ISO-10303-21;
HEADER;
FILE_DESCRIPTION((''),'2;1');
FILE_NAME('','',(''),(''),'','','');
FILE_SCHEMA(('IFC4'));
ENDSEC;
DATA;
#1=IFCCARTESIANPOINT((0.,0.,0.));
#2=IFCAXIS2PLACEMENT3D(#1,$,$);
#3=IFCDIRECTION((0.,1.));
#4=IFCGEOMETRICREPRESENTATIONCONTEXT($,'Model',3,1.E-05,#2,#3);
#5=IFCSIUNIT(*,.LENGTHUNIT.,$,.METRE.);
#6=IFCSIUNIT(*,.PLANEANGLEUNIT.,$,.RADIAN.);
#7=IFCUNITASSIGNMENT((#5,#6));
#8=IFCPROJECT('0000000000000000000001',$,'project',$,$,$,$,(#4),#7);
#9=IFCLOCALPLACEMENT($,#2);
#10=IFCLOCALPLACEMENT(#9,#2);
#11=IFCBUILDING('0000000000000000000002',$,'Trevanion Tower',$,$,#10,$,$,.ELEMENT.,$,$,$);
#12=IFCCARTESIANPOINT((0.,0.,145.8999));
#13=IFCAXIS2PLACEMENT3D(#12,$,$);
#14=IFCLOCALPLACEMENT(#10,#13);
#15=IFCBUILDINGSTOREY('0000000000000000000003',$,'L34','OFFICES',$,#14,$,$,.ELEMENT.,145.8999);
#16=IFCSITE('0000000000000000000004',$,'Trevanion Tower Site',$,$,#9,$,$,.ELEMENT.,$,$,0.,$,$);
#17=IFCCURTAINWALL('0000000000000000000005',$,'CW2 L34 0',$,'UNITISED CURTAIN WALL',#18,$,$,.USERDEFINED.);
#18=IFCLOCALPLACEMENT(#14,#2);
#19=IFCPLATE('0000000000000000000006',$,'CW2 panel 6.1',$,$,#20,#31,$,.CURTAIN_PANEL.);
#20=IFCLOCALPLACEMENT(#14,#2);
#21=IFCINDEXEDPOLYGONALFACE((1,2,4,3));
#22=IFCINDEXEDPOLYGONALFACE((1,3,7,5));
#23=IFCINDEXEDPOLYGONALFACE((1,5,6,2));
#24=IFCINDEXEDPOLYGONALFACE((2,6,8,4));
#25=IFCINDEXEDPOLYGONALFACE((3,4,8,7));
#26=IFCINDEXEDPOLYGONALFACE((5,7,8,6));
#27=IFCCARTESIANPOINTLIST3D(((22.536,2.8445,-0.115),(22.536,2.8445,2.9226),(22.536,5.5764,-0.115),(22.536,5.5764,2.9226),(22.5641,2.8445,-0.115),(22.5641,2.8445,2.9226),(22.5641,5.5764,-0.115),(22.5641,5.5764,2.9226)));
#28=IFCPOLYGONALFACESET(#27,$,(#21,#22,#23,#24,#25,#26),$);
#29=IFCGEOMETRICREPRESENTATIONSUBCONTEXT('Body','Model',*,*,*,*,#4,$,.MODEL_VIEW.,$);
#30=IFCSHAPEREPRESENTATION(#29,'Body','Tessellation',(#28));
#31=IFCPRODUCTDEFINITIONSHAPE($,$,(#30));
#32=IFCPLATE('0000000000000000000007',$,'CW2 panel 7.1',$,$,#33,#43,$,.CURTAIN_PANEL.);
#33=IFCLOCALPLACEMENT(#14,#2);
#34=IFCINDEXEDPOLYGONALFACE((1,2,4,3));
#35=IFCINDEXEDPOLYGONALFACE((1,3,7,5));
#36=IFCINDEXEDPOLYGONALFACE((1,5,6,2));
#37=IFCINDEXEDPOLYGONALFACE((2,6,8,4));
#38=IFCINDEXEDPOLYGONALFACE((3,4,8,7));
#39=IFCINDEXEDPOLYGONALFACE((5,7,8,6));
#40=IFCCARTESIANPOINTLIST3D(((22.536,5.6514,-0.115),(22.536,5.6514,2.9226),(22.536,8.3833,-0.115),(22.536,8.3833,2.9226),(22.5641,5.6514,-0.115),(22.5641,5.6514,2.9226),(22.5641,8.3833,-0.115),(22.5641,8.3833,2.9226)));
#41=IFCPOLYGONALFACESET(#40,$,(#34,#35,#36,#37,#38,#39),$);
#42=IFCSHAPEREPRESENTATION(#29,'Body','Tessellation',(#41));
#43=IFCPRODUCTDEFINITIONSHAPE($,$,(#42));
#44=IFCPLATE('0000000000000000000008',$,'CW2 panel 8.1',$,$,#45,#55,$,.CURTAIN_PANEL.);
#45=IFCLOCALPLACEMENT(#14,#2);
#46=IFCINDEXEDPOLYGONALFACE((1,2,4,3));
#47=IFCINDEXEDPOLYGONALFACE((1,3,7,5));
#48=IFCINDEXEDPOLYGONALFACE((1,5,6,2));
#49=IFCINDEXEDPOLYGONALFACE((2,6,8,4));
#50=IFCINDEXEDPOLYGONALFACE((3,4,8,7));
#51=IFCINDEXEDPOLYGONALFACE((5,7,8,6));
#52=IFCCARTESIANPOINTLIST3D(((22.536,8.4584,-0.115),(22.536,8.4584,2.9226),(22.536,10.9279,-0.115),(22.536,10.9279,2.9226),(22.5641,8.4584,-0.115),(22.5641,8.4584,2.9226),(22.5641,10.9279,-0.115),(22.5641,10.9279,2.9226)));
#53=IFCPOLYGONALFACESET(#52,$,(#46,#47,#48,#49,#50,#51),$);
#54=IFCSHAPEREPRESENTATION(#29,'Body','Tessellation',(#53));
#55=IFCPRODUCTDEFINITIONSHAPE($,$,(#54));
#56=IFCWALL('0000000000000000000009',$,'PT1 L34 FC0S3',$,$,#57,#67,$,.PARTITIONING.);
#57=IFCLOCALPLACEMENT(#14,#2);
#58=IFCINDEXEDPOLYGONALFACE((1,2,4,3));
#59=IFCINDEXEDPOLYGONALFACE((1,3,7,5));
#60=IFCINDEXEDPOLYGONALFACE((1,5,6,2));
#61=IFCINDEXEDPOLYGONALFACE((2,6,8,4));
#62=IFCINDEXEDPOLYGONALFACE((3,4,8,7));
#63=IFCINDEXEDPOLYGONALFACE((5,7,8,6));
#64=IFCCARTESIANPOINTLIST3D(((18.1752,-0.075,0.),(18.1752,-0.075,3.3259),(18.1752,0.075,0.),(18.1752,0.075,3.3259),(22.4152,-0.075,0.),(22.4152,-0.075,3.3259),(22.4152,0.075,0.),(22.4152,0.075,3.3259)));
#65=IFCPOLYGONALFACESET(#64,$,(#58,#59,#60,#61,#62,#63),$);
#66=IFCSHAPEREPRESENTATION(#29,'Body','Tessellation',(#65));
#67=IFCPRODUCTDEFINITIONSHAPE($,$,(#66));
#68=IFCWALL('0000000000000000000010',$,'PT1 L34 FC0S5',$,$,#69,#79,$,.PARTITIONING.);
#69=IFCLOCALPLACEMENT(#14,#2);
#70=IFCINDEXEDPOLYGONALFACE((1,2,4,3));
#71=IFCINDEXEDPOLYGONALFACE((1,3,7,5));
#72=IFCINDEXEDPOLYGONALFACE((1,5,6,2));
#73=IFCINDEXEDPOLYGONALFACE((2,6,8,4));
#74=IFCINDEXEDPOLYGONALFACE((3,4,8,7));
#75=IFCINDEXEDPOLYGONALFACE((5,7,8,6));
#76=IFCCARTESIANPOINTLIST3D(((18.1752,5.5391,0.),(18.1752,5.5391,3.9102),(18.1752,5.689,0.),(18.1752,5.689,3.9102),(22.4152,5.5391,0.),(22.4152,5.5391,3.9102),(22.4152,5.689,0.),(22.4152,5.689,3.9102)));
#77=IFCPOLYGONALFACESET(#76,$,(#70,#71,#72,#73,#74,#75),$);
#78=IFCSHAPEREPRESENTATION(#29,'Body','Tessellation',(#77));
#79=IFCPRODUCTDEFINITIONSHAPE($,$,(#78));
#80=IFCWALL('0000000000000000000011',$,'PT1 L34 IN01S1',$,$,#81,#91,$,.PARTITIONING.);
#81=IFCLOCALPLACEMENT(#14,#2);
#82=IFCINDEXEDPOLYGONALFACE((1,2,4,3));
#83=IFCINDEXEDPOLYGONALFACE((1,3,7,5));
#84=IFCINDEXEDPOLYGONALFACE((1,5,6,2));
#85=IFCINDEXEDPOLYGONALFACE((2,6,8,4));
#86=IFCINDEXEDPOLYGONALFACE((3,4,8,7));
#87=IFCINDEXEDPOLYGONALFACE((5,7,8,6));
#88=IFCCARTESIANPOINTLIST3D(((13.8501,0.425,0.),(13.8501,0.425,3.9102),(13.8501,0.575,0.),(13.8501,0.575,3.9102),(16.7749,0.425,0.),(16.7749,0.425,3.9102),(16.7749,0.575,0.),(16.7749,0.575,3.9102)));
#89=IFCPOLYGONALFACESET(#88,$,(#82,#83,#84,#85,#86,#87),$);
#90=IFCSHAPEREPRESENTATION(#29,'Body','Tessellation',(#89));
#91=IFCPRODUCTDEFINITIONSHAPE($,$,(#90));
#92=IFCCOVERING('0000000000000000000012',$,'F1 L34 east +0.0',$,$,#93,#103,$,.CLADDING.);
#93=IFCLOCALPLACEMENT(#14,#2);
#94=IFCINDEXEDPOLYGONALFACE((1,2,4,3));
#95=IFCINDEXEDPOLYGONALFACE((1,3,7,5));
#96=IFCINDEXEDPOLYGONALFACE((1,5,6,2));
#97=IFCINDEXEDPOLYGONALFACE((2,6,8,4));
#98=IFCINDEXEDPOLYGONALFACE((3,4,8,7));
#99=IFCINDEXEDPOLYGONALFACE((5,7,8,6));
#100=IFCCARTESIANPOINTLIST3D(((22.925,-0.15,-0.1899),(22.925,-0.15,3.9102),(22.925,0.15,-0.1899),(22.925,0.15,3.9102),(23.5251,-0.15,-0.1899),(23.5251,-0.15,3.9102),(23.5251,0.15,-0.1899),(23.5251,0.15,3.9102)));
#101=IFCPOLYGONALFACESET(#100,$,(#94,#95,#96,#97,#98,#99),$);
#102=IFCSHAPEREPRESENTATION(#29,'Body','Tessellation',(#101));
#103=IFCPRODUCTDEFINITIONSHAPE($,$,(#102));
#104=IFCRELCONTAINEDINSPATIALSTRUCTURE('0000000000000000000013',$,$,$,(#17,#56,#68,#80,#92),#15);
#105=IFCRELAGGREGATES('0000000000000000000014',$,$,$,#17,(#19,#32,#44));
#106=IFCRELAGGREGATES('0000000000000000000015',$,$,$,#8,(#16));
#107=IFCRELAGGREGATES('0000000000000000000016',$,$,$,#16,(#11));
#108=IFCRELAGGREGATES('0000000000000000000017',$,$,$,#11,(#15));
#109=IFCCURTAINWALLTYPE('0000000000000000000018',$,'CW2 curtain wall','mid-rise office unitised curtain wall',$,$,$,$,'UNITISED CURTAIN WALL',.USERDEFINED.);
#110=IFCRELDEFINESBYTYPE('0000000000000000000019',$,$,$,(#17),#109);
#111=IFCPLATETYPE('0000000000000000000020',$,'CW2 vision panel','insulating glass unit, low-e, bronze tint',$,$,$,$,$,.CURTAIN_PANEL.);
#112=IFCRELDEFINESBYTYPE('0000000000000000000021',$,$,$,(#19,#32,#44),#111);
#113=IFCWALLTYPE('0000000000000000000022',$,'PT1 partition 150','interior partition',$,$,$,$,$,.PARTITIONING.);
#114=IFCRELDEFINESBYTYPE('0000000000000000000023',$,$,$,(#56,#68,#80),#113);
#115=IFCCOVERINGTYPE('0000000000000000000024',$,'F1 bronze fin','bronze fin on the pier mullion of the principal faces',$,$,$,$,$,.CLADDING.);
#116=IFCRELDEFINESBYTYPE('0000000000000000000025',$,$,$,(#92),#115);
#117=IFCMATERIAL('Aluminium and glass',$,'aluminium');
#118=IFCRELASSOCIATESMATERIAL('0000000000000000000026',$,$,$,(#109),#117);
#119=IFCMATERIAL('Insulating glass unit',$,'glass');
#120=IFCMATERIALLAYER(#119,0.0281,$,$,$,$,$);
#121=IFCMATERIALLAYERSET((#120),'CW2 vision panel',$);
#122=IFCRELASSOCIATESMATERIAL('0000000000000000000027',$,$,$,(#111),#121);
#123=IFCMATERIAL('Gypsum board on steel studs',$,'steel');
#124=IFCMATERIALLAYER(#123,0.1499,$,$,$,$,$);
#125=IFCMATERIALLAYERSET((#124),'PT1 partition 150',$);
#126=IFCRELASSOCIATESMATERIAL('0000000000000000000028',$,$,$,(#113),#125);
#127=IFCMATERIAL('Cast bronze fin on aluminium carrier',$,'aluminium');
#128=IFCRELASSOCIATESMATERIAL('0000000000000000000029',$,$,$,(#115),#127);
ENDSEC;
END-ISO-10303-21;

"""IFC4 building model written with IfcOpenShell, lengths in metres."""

from ifc_helpers import new_model, si_unit, direction, frame, frame_2d, origin, origin_2d, place, context, subcontext, project, spatial, rectangle, extrude, material, layer, layer_set, type_object, element, aggregate, save


model = new_model("IFC4")

# Units and contexts
model_context = context("Model", 3, precision=1e-05, world=origin(), true_north=direction((0.0, 1.0)))
body_context = subcontext(model_context, "Body", "Model", "MODEL_VIEW")
ifc_project = project(units=[si_unit("LENGTHUNIT", "METRE"), si_unit("PLANEANGLEUNIT", "RADIAN")], contexts=[model_context])

# Site, building, storey
site_placement = place(None, origin())
site = spatial("IfcSite", under=ifc_project, at=site_placement, Name="Trevanion Tower Site", CompositionType="ELEMENT", RefElevation=0.0)
building_placement = place(site_placement, origin())
building = spatial("IfcBuilding", under=site, at=building_placement, Name="Trevanion Tower", CompositionType="ELEMENT")
storey_placement = place(building_placement, frame((0.0, 0.0, 145.8999)))
storey = spatial("IfcBuildingStorey", under=building, at=storey_placement, Name="L34", Description="OFFICES", CompositionType="ELEMENT", Elevation=145.8999)

# Curtain wall
ifc_material_1 = material(Name="Aluminium and glass", Category="aluminium")
curtain_wall_type = type_object("IfcCurtainWallType", Name="CW2 curtain wall", Description="mid-rise office unitised curtain wall", ElementType="UNITISED CURTAIN WALL", PredefinedType="USERDEFINED", material=ifc_material_1)
curtain_wall_placement = place(storey_placement, origin())
curtain_wall = element("IfcCurtainWall", 1, at=curtain_wall_placement, inside=storey, type_object=curtain_wall_type, Name="CW2 L34 0", ObjectType="UNITISED CURTAIN WALL", PredefinedType="USERDEFINED")

# Plates
ifc_material_2 = material(Name="Insulating glass unit", Category="glass")
ifc_layer_1 = layer(ifc_material_2, 0.0281)
ifc_layer_set_1 = layer_set([ifc_layer_1], Name="CW2 vision panel")
plate_type_1 = type_object("IfcPlateType", Name="CW2 vision panel", Description="insulating glass unit, low-e, bronze tint", PredefinedType="CURTAIN_PANEL", material=ifc_layer_set_1)
plate_1_placement = place(storey_placement, frame((22.55, 4.2104, -0.115), z_axis=(0.0, 0.0, 1.0), x_axis=(0.0, 1.0, 0.0)))
plate_1 = element("IfcPlate", 2, at=plate_1_placement, type_object=plate_type_1, Name="CW2 panel 6.1", PredefinedType="CURTAIN_PANEL", context=body_context, shape_type="SweptSolid", body=[
    extrude(rectangle(XDim=2.7319, YDim=0.0281, at=origin_2d()), origin(), (0.0, 0.0, 1.0), 3.0376),
])
plate_2_placement = place(storey_placement, frame((22.55, 7.0173, -0.115), z_axis=(0.0, 0.0, 1.0), x_axis=(0.0, 1.0, 0.0)))
plate_2 = element("IfcPlate", 3, at=plate_2_placement, type_object=plate_type_1, Name="CW2 panel 7.1", PredefinedType="CURTAIN_PANEL", context=body_context, shape_type="SweptSolid", body=[
    extrude(rectangle(XDim=2.7319, YDim=0.0281, at=origin_2d()), origin(), (0.0, 0.0, 1.0), 3.0376),
])
plate_3_placement = place(storey_placement, frame((22.55, 9.6931, -0.115), z_axis=(0.0, 0.0, 1.0), x_axis=(0.0, 1.0, 0.0)))
plate_3 = element("IfcPlate", 4, at=plate_3_placement, type_object=plate_type_1, Name="CW2 panel 8.1", PredefinedType="CURTAIN_PANEL", context=body_context, shape_type="SweptSolid", body=[
    extrude(rectangle(XDim=2.4695, YDim=0.0281, at=origin_2d()), origin(), (0.0, 0.0, 1.0), 3.0376),
])
aggregate(curtain_wall, [plate_1, plate_2, plate_3])

# Walls
ifc_material_3 = material(Name="Gypsum board on steel studs", Category="steel")
ifc_layer_2 = layer(ifc_material_3, 0.1499)
ifc_layer_set_2 = layer_set([ifc_layer_2], Name="PT1 partition 150")
wall_type = type_object("IfcWallType", Name="PT1 partition 150", Description="interior partition", PredefinedType="PARTITIONING", material=ifc_layer_set_2)
wall_1_placement = place(storey_placement, frame((18.175, 0.0, 0.0), z_axis=(0.0, 0.0, 1.0), x_axis=(1.0, 0.0, 0.0)))
element("IfcWall", 5, at=wall_1_placement, inside=storey, type_object=wall_type, Name="PT1 L34 FC0S3", PredefinedType="PARTITIONING", context=body_context, shape_type="SweptSolid", body=[
    extrude(rectangle(XDim=4.24, YDim=0.1499, at=frame_2d((2.1201, 0.0))), origin(), (0.0, 0.0, 1.0), 3.3259),
])
wall_2_placement = place(storey_placement, frame((18.175, 5.614, 0.0), z_axis=(0.0, 0.0, 1.0), x_axis=(1.0, 0.0, 0.0)))
element("IfcWall", 6, at=wall_2_placement, inside=storey, type_object=wall_type, Name="PT1 L34 FC0S5", PredefinedType="PARTITIONING", context=body_context, shape_type="SweptSolid", body=[
    extrude(rectangle(XDim=4.24, YDim=0.1499, at=frame_2d((2.1201, 0.0))), origin(), (0.0, 0.0, 1.0), 3.9102),
])
wall_3_placement = place(storey_placement, frame((16.7749, 0.5, 0.0), z_axis=(0.0, 0.0, 1.0), x_axis=(-1.0, 0.0, 0.0)))
element("IfcWall", 7, at=wall_3_placement, inside=storey, type_object=wall_type, Name="PT1 L34 IN01S1", PredefinedType="PARTITIONING", context=body_context, shape_type="SweptSolid", body=[
    extrude(rectangle(XDim=2.9248, YDim=0.1499, at=frame_2d((1.4624, 0.0))), origin(), (0.0, 0.0, 1.0), 3.9102),
])

# Covering
ifc_material_4 = material(Name="Cast bronze fin on aluminium carrier", Category="aluminium")
covering_type = type_object("IfcCoveringType", Name="F1 bronze fin", Description="bronze fin on the pier mullion of the principal faces", PredefinedType="CLADDING", material=ifc_material_4)
covering_placement = place(storey_placement, frame((23.2251, 0.0, -0.1899), z_axis=(0.0, 0.0, 1.0), x_axis=(0.0, 1.0, 0.0)))
element("IfcCovering", 8, at=covering_placement, inside=storey, type_object=covering_type, Name="F1 L34 east +0.0", PredefinedType="CLADDING", context=body_context, shape_type="SweptSolid", body=[
    extrude(rectangle(XDim=0.3, YDim=0.6001, at=origin_2d()), origin(), (0.0, 0.0, 1.0), 4.1001),
])

save(model, "model.ifc")
